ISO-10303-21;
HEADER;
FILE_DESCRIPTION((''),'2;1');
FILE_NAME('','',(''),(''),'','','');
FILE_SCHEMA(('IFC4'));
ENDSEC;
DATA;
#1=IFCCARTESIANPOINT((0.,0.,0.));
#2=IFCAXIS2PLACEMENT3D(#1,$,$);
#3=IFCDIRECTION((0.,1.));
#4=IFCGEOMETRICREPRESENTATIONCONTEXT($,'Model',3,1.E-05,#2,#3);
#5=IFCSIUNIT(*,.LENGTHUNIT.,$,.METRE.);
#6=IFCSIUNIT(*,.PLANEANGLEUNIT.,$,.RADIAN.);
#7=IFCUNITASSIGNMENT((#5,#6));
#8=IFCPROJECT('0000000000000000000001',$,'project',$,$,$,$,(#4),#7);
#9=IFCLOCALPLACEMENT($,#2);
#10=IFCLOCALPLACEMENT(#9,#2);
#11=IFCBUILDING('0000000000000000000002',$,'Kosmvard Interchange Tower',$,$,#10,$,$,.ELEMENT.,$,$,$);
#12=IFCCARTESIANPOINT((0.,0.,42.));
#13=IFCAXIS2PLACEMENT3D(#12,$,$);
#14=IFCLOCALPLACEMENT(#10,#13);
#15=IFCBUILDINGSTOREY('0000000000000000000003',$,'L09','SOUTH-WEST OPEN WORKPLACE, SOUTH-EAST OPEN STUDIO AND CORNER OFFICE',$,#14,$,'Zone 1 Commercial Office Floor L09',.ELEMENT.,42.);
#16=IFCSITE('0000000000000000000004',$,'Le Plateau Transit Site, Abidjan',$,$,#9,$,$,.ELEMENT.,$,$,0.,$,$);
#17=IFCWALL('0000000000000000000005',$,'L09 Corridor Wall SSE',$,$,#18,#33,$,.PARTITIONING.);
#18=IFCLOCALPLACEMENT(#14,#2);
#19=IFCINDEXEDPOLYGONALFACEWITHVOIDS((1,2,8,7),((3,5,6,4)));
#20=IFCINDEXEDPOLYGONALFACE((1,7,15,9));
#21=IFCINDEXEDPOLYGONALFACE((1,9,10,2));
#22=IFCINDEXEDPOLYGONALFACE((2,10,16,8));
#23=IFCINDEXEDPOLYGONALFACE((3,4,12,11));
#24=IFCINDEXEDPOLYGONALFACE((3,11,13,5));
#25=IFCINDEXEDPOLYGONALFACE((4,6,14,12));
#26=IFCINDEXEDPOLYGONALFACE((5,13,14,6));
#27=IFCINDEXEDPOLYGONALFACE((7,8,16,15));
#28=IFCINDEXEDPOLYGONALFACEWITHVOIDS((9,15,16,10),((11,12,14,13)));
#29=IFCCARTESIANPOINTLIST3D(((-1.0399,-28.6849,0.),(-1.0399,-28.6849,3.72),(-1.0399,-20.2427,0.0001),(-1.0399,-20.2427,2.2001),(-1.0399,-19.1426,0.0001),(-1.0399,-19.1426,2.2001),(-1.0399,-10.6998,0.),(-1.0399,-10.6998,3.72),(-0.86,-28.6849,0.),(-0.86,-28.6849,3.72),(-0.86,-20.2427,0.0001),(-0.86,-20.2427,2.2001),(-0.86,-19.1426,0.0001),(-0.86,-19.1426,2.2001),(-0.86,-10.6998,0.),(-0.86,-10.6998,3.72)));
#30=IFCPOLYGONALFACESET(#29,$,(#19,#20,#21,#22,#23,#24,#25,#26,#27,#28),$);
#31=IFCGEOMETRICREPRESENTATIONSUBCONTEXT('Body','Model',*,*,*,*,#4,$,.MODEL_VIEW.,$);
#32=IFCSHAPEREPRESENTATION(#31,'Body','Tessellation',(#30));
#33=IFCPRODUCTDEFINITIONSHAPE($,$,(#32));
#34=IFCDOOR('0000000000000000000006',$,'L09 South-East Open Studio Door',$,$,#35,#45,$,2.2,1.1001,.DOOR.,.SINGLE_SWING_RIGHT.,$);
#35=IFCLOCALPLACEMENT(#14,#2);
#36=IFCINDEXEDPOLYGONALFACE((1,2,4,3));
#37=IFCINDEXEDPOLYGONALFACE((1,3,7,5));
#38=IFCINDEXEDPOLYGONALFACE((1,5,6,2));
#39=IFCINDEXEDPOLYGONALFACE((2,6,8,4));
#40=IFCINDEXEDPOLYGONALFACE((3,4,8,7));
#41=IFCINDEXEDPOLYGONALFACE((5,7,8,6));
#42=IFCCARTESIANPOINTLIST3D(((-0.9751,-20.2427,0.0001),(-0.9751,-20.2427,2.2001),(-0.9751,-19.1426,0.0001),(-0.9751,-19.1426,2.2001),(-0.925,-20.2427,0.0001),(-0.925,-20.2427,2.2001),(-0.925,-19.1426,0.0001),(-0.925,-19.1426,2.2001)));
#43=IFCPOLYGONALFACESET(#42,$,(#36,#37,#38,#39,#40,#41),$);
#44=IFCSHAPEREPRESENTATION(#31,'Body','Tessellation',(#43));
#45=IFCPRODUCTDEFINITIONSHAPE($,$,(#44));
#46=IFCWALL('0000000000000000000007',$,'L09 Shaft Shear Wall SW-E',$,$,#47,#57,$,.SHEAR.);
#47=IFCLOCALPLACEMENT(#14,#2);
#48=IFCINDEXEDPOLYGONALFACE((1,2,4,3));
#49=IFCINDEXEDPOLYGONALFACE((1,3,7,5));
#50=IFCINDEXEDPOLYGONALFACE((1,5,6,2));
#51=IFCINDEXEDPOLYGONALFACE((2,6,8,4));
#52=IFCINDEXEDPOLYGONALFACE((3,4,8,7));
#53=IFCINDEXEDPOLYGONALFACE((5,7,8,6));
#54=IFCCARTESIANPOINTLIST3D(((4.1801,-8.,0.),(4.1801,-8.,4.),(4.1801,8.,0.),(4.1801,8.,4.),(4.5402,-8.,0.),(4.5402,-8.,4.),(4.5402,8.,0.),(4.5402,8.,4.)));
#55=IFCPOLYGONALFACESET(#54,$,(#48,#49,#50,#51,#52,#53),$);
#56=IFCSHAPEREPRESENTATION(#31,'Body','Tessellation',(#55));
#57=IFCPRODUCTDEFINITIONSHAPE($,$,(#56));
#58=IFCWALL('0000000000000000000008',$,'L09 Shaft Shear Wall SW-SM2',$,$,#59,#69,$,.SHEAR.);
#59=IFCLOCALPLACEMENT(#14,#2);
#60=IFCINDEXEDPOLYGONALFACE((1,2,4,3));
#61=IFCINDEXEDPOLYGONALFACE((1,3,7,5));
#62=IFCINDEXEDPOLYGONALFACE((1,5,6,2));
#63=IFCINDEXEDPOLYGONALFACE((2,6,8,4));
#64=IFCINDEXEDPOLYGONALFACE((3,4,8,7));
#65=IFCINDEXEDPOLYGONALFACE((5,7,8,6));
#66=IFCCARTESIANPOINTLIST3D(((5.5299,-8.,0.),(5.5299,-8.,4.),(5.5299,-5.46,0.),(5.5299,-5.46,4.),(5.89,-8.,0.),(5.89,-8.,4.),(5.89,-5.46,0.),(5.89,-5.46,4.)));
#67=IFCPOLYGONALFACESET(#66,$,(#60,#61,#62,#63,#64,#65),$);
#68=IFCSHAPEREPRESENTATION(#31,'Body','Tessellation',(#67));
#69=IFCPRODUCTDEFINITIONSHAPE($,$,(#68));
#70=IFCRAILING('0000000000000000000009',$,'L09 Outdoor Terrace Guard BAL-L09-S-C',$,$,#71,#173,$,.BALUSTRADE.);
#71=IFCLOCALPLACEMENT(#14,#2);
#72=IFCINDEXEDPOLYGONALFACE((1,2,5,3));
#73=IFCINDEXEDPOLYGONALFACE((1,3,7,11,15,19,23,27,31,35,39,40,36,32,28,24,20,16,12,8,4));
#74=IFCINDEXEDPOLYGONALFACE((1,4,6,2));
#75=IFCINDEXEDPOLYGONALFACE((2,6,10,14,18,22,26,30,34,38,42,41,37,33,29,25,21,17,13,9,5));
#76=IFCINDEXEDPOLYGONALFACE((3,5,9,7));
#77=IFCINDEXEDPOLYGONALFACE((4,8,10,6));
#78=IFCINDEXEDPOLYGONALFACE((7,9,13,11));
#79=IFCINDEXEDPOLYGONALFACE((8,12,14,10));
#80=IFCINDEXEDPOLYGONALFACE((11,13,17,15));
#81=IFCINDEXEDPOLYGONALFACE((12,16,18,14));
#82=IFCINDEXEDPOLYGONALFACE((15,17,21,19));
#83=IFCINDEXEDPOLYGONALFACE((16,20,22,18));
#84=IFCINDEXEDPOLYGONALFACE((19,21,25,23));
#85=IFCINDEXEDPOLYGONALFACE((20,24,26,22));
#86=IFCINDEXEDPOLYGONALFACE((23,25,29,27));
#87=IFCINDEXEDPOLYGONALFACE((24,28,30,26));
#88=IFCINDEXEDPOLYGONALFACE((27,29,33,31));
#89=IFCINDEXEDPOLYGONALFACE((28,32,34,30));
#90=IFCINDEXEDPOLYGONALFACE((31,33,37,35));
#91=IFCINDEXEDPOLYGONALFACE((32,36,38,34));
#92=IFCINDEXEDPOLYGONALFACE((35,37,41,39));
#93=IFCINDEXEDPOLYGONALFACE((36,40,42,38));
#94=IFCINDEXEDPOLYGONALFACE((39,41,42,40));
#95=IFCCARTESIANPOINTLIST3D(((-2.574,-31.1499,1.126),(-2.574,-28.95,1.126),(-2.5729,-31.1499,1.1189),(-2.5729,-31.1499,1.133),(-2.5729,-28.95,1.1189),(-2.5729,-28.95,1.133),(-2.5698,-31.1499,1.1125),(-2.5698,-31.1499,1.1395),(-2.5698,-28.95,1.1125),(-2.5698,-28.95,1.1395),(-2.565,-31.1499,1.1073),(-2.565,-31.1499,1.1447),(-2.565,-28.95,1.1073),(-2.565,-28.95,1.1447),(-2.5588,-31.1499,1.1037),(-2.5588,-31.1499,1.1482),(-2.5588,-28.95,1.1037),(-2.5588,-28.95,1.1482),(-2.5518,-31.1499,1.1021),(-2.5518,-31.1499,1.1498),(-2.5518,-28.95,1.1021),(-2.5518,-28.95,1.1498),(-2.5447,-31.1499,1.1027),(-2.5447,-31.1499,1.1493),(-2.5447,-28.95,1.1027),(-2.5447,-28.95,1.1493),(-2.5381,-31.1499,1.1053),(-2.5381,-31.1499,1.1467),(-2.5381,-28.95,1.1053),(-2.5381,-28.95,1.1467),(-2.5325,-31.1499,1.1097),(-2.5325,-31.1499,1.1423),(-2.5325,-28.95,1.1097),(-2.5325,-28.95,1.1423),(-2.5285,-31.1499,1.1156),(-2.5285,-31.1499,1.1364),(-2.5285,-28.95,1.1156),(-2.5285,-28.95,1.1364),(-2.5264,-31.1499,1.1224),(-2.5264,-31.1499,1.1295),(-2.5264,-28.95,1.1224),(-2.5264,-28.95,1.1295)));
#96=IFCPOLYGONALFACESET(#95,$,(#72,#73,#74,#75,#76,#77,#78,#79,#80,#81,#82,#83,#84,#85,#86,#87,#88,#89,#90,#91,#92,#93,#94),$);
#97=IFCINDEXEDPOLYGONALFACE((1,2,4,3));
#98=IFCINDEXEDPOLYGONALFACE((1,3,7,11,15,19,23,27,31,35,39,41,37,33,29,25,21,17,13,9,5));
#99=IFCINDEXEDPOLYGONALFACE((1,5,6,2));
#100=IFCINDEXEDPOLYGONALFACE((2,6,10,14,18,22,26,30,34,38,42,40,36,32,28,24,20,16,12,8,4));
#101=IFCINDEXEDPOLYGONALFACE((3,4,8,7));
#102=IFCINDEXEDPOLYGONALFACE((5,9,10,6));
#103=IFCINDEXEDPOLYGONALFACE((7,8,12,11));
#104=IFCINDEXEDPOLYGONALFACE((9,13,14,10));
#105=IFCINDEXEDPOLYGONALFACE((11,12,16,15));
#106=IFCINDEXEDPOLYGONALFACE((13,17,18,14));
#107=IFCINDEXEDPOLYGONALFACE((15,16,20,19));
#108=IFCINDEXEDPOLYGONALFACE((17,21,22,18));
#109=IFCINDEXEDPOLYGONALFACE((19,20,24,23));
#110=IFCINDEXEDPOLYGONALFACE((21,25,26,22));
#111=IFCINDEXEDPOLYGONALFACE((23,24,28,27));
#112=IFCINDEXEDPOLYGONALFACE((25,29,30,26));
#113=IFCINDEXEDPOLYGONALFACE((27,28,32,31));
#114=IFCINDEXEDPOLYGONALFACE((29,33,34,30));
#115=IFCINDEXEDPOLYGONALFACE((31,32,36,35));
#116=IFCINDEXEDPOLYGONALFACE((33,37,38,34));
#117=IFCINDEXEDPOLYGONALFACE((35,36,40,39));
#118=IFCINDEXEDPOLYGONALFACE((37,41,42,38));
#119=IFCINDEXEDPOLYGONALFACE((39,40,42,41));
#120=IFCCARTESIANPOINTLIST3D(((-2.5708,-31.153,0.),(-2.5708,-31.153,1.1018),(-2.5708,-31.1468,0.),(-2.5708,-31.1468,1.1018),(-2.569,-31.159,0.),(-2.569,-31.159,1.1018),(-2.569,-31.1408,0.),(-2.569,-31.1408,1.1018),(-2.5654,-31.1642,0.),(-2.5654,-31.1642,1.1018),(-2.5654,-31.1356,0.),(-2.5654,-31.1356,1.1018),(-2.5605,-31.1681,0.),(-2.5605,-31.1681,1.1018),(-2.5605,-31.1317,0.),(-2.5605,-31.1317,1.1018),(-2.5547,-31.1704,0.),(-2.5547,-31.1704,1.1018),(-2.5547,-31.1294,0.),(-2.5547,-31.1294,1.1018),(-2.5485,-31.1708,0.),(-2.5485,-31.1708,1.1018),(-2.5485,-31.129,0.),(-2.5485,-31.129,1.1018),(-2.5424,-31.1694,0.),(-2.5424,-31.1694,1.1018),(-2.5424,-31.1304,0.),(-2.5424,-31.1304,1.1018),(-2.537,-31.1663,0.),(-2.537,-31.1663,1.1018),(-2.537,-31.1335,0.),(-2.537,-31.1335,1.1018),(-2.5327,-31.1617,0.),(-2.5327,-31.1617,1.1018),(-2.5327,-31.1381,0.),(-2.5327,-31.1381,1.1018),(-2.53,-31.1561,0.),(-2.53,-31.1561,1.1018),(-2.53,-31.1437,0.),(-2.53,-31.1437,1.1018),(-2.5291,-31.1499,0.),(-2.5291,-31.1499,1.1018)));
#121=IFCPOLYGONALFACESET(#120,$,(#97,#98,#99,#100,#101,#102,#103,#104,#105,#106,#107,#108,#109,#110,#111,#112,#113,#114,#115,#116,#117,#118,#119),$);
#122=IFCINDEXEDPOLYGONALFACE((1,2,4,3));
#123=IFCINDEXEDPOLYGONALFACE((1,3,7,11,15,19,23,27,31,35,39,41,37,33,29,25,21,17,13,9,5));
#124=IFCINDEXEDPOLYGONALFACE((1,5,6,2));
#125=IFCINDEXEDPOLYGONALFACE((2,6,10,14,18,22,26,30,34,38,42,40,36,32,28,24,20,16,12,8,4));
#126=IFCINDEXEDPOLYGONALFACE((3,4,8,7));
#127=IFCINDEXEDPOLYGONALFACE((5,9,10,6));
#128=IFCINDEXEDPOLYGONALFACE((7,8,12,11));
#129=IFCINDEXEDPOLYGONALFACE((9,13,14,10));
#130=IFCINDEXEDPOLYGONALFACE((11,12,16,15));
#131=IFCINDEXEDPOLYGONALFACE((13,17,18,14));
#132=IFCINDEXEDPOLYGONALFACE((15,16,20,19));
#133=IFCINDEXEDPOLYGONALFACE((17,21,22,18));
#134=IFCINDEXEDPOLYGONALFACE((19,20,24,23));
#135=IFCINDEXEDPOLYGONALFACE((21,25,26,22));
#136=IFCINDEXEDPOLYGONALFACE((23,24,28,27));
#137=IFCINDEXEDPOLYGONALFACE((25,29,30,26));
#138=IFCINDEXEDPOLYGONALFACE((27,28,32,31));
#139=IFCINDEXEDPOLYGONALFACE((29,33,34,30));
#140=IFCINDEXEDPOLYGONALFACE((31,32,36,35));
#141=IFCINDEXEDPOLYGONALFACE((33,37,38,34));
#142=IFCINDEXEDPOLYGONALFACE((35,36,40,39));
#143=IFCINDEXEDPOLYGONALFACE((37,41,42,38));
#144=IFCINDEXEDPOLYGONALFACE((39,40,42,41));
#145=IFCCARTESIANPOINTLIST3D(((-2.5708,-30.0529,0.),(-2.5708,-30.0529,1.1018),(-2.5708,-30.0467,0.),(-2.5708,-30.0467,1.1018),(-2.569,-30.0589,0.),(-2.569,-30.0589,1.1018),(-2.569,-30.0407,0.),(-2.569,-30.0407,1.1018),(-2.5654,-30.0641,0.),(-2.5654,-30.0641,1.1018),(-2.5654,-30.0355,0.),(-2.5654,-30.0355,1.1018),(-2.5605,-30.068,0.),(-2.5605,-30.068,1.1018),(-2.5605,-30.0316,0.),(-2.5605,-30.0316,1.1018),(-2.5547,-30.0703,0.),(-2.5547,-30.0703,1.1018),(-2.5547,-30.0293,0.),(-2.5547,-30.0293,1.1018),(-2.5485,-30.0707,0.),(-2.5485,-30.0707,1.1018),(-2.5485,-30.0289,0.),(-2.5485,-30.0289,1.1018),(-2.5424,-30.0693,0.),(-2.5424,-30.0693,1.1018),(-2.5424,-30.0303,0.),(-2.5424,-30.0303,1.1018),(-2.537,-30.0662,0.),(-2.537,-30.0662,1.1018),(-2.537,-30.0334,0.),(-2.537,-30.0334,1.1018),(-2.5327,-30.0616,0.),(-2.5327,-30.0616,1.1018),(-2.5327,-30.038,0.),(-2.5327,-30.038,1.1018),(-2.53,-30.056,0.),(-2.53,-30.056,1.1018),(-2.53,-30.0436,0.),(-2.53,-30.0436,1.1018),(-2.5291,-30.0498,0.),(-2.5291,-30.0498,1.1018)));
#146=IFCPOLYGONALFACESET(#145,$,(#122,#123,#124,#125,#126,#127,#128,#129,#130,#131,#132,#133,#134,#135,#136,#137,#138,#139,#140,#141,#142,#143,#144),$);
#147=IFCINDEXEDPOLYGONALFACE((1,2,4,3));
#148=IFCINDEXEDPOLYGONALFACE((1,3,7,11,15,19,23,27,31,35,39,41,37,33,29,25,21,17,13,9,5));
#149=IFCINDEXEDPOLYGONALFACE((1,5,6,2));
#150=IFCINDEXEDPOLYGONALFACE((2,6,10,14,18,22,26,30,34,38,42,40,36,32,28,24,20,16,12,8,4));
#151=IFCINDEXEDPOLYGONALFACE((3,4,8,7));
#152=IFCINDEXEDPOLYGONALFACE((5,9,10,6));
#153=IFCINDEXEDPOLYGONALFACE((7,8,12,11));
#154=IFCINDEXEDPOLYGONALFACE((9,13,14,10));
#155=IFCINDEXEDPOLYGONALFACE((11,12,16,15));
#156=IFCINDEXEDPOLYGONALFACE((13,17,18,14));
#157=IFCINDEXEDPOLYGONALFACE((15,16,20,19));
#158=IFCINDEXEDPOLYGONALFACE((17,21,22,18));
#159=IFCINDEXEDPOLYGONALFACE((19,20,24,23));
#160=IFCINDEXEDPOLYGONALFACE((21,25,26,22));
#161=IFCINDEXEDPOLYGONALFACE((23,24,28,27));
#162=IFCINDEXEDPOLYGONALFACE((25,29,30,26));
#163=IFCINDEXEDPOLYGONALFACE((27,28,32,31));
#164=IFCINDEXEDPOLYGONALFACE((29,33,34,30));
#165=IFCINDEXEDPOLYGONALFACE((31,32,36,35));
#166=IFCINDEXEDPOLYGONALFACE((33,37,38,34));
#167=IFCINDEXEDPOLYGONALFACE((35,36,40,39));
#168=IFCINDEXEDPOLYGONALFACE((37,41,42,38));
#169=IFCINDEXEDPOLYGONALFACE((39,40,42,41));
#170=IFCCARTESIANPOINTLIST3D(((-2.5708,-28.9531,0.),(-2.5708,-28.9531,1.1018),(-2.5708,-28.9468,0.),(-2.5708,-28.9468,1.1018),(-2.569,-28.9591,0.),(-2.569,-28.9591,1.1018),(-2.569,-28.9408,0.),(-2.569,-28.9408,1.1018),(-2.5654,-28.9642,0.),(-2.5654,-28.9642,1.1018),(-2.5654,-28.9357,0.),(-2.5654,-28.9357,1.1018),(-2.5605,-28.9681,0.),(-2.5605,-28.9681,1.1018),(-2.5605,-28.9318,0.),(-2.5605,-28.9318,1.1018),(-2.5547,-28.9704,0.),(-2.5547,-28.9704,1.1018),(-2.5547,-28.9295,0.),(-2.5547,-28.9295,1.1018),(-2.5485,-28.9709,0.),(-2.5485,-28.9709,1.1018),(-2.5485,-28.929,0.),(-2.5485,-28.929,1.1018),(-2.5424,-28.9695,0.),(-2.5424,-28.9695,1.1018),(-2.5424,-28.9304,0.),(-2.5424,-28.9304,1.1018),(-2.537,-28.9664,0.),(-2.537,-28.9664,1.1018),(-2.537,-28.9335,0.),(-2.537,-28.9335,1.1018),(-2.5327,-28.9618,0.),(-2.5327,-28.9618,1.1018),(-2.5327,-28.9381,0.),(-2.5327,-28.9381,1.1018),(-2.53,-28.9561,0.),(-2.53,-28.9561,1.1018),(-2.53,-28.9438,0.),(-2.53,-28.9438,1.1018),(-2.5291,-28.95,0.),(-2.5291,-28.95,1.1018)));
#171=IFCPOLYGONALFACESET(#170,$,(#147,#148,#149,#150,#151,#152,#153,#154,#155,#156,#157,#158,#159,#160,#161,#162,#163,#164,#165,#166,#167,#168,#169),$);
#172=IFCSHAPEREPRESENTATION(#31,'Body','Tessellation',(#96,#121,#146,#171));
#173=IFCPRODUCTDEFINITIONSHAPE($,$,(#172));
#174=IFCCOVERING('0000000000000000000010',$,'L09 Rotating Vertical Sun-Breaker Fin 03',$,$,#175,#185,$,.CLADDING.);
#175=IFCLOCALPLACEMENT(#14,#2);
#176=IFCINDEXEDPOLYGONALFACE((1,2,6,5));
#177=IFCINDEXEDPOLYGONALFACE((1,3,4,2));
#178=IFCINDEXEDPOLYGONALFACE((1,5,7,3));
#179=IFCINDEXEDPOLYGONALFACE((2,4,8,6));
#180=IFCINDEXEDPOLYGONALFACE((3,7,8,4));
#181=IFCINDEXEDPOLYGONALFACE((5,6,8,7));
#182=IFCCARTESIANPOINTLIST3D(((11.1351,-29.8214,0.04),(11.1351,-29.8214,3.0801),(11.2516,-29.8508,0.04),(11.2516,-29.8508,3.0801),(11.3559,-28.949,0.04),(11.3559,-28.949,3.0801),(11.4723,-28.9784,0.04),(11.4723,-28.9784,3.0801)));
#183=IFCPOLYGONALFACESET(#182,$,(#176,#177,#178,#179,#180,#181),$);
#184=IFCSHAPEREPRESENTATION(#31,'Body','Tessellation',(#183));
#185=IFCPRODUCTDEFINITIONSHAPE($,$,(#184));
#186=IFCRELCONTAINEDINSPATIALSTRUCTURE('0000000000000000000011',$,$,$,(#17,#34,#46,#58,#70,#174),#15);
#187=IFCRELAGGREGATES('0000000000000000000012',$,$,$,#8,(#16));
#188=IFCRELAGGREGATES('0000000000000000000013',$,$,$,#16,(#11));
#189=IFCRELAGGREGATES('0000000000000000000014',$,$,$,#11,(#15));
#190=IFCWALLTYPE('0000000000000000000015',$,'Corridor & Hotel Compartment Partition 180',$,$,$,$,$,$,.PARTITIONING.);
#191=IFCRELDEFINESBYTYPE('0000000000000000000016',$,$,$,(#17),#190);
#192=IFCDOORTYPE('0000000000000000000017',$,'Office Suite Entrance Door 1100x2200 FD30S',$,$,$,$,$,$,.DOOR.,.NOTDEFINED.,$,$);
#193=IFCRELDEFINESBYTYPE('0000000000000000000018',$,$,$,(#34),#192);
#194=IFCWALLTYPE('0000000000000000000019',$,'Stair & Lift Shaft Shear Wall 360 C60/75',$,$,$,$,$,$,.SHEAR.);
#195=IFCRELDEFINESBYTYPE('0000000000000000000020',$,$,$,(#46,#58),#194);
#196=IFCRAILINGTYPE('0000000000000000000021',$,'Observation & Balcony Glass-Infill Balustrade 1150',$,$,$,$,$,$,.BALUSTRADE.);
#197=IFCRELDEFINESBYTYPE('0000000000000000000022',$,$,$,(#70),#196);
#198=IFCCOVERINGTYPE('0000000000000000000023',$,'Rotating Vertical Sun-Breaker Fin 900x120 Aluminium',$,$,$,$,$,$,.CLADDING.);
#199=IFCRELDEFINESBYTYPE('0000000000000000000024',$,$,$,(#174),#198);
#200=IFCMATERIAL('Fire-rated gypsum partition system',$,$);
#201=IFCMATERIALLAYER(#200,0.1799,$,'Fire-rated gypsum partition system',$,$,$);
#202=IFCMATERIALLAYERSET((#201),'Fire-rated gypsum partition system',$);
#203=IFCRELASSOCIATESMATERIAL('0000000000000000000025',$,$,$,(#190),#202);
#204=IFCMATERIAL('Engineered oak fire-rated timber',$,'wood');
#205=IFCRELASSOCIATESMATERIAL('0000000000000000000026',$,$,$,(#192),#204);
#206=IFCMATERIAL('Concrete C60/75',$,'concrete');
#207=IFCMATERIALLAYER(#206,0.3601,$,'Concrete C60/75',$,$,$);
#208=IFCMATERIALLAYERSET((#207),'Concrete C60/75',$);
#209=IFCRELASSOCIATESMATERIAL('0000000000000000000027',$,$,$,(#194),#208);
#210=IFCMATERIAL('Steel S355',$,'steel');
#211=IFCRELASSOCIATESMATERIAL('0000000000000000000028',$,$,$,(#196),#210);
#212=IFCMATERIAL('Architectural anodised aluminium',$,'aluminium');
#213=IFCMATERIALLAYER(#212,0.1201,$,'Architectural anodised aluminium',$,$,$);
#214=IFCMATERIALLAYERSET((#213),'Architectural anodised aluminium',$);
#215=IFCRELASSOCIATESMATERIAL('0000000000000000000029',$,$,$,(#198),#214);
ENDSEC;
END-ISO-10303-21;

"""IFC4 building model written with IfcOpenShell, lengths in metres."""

from ifc_helpers import new_model, si_unit, direction, frame, frame_2d, origin, origin_2d, place, context, subcontext, project, spatial, rectangle, circle, extrude, source, transform, mapped, material, layer, layer_set, type_object, element, fill, save


model = new_model("IFC4")

# Units and contexts
model_context = context("Model", 3, precision=1e-05, world=origin(), true_north=direction((0.0, 1.0)))
body_context = subcontext(model_context, "Body", "Model", "MODEL_VIEW")
ifc_project = project(units=[si_unit("LENGTHUNIT", "METRE"), si_unit("PLANEANGLEUNIT", "RADIAN")], contexts=[model_context])

# Site, building, storey
site_placement = place(None, origin())
site = spatial("IfcSite", under=ifc_project, at=site_placement, Name="Le Plateau Transit Site, Abidjan", CompositionType="ELEMENT", RefElevation=0.0)
building_placement = place(site_placement, origin())
building = spatial("IfcBuilding", under=site, at=building_placement, Name="Kosmvard Interchange Tower", CompositionType="ELEMENT")
storey_placement = place(building_placement, frame((0.0, 0.0, 42.0)))
storey = spatial("IfcBuildingStorey", under=building, at=storey_placement, Name="L09", Description="SOUTH-WEST OPEN WORKPLACE, SOUTH-EAST OPEN STUDIO AND CORNER OFFICE", LongName="Zone 1 Commercial Office Floor L09", CompositionType="ELEMENT", Elevation=42.0)

# Shared definitions
ifc_material_1 = material(Name="Concrete C60/75", Category="concrete")

# Shared definitions
ifc_material_2 = material(Name="Steel S355", Category="steel")

# Shared definitions
ifc_material_3 = material(Name="Fire-rated gypsum partition system")
ifc_layer_1 = layer(ifc_material_3, 0.1799, Name="Fire-rated gypsum partition system")
ifc_layer_set_1 = layer_set([ifc_layer_1], Name="Fire-rated gypsum partition system")
wall_type_1 = type_object("IfcWallType", Name="Corridor & Hotel Compartment Partition 180", PredefinedType="PARTITIONING", material=ifc_layer_set_1)

# Wall, opening, door
wall_1_placement = place(storey_placement, frame((-0.95, -28.6851, 0.0), z_axis=(0.0, 0.0, 1.0), x_axis=(0.0, 1.0, 0.0)))
wall_1 = element("IfcWall", 1, at=wall_1_placement, inside=storey, type_object=wall_type_1, Name="L09 Corridor Wall SSE", PredefinedType="PARTITIONING", context=body_context, shape_type="SweptSolid", body=[
    extrude(rectangle(XDim=17.9851, YDim=0.1799, at=frame_2d((8.9927, 0.0))), origin(), (0.0, 0.0, 1.0), 3.72),
])
opening_placement = place(wall_1_placement, frame((8.4424, 0.0, 0.0)))
opening = element("IfcOpeningElement", 2, at=opening_placement, cuts=wall_1, PredefinedType="OPENING", context=body_context, shape_type="SweptSolid", body=[
    extrude(rectangle(XDim=1.1001, YDim=2.2, at=frame_2d((0.55, 1.1001))), frame((0.0, 0.1001, 0.0), z_axis=(0.0, -1.0, 0.0), x_axis=(1.0, 0.0, 0.0)), (0.0, 0.0, 1.0), 0.2),
])
ifc_material_4 = material(Name="Engineered oak fire-rated timber", Category="wood")
door_type = type_object("IfcDoorType", Name="Office Suite Entrance Door 1100x2200 FD30S", OperationType="NOTDEFINED", PredefinedType="DOOR", material=ifc_material_4)
shared_shape_1 = source(origin(), body_context, "Body", "SweptSolid", [
    extrude(rectangle(XDim=1.1001, YDim=2.2, at=frame_2d((0.55, 1.1001))), frame((0.0, 0.0249, 0.0), z_axis=(0.0, -1.0, 0.0), x_axis=(1.0, 0.0, 0.0)), (0.0, 0.0, 1.0), 0.05),
])
door_placement = place(opening_placement, frame((1.1001, 0.0, 0.0), z_axis=(0.0, 0.0, 1.0), x_axis=(-1.0, 0.0, 0.0)))
door = element("IfcDoor", 3, at=door_placement, inside=storey, type_object=door_type, Name="L09 South-East Open Studio Door", OperationType="SINGLE_SWING_RIGHT", OverallHeight=2.2, OverallWidth=1.1001, PredefinedType="DOOR", context=body_context, shape_type="MappedRepresentation", body=[
    mapped(shared_shape_1, transform((0.0, 0.0, 0.0), scale=1.0)),
])
fill(opening, door)

# Walls
ifc_layer_2 = layer(ifc_material_1, 0.3601, Name="Concrete C60/75")
ifc_layer_set_2 = layer_set([ifc_layer_2], Name="Concrete C60/75")
wall_type_2 = type_object("IfcWallType", Name="Stair & Lift Shaft Shear Wall 360 C60/75", PredefinedType="SHEAR", material=ifc_layer_set_2)
wall_2_placement = place(storey_placement, frame((4.3601, -8.0, 0.0), z_axis=(0.0, 0.0, 1.0), x_axis=(0.0, 1.0, 0.0)))
element("IfcWall", 4, at=wall_2_placement, inside=storey, type_object=wall_type_2, Name="L09 Shaft Shear Wall SW-E", PredefinedType="SHEAR", context=body_context, shape_type="SweptSolid", body=[
    extrude(rectangle(XDim=16.0, YDim=0.3601, at=frame_2d((8.0, 0.0))), origin(), (0.0, 0.0, 1.0), 4.0),
])
wall_3_placement = place(storey_placement, frame((5.71, -8.0, 0.0), z_axis=(0.0, 0.0, 1.0), x_axis=(0.0, 1.0, 0.0)))
element("IfcWall", 5, at=wall_3_placement, inside=storey, type_object=wall_type_2, Name="L09 Shaft Shear Wall SW-SM2", PredefinedType="SHEAR", context=body_context, shape_type="SweptSolid", body=[
    extrude(rectangle(XDim=2.54, YDim=0.3601, at=frame_2d((1.27, 0.0))), origin(), (0.0, 0.0, 1.0), 4.0),
])

# Railing
railing_type = type_object("IfcRailingType", Name="Observation & Balcony Glass-Infill Balustrade 1150", PredefinedType="BALUSTRADE", material=ifc_material_2)
shared_shape_2 = source(origin(), body_context, "Body", "SweptSolid", [
    extrude(circle(Radius=0.0239, at=origin_2d()), frame((0.0, 0.0, 1.126), z_axis=(0.0, 1.0, 0.0), x_axis=(-1.0, 0.0, 0.0)), (0.0, 0.0, 1.0), 2.2),
    extrude(circle(Radius=0.021, at=origin_2d()), origin(), (0.0, 0.0, 1.0), 1.1018),
    extrude(circle(Radius=0.021, at=origin_2d()), frame((0.0, 1.1001, 0.0)), (0.0, 0.0, 1.0), 1.1018),
    extrude(circle(Radius=0.021, at=origin_2d()), frame((0.0, 2.2, 0.0)), (0.0, 0.0, 1.0), 1.1018),
])
railing_placement = place(storey_placement, frame((-2.55, -31.1499, 0.0)))
element("IfcRailing", 6, at=railing_placement, inside=storey, type_object=railing_type, Name="L09 Outdoor Terrace Guard BAL-L09-S-C", PredefinedType="BALUSTRADE", context=body_context, shape_type="MappedRepresentation", body=[
    mapped(shared_shape_2, transform((0.0, 0.0, 0.0), scale=1.0)),
])

# Covering
ifc_material_5 = material(Name="Architectural anodised aluminium", Category="aluminium")
ifc_layer_3 = layer(ifc_material_5, 0.1201, Name="Architectural anodised aluminium")
ifc_layer_set_3 = layer_set([ifc_layer_3], Name="Architectural anodised aluminium")
covering_type = type_object("IfcCoveringType", Name="Rotating Vertical Sun-Breaker Fin 900x120 Aluminium", PredefinedType="CLADDING", material=ifc_layer_set_3)
shared_shape_3 = source(origin(), body_context, "Body", "SweptSolid", [
    extrude(rectangle(XDim=0.8999, YDim=0.1201, at=origin_2d()), origin(), (0.0, 0.0, 1.0), 3.04),
])
covering_placement = place(storey_placement, frame((11.3037, -29.3999, 0.04), z_axis=(0.0, 0.0, 1.0), x_axis=(-0.245307, -0.969445, 0.0)))
element("IfcCovering", 7, at=covering_placement, inside=storey, type_object=covering_type, Name="L09 Rotating Vertical Sun-Breaker Fin 03", PredefinedType="CLADDING", context=body_context, shape_type="MappedRepresentation", body=[
    mapped(shared_shape_3, transform((0.0, 0.0, 0.0), scale=1.0)),
])

save(model, "model.ifc")
